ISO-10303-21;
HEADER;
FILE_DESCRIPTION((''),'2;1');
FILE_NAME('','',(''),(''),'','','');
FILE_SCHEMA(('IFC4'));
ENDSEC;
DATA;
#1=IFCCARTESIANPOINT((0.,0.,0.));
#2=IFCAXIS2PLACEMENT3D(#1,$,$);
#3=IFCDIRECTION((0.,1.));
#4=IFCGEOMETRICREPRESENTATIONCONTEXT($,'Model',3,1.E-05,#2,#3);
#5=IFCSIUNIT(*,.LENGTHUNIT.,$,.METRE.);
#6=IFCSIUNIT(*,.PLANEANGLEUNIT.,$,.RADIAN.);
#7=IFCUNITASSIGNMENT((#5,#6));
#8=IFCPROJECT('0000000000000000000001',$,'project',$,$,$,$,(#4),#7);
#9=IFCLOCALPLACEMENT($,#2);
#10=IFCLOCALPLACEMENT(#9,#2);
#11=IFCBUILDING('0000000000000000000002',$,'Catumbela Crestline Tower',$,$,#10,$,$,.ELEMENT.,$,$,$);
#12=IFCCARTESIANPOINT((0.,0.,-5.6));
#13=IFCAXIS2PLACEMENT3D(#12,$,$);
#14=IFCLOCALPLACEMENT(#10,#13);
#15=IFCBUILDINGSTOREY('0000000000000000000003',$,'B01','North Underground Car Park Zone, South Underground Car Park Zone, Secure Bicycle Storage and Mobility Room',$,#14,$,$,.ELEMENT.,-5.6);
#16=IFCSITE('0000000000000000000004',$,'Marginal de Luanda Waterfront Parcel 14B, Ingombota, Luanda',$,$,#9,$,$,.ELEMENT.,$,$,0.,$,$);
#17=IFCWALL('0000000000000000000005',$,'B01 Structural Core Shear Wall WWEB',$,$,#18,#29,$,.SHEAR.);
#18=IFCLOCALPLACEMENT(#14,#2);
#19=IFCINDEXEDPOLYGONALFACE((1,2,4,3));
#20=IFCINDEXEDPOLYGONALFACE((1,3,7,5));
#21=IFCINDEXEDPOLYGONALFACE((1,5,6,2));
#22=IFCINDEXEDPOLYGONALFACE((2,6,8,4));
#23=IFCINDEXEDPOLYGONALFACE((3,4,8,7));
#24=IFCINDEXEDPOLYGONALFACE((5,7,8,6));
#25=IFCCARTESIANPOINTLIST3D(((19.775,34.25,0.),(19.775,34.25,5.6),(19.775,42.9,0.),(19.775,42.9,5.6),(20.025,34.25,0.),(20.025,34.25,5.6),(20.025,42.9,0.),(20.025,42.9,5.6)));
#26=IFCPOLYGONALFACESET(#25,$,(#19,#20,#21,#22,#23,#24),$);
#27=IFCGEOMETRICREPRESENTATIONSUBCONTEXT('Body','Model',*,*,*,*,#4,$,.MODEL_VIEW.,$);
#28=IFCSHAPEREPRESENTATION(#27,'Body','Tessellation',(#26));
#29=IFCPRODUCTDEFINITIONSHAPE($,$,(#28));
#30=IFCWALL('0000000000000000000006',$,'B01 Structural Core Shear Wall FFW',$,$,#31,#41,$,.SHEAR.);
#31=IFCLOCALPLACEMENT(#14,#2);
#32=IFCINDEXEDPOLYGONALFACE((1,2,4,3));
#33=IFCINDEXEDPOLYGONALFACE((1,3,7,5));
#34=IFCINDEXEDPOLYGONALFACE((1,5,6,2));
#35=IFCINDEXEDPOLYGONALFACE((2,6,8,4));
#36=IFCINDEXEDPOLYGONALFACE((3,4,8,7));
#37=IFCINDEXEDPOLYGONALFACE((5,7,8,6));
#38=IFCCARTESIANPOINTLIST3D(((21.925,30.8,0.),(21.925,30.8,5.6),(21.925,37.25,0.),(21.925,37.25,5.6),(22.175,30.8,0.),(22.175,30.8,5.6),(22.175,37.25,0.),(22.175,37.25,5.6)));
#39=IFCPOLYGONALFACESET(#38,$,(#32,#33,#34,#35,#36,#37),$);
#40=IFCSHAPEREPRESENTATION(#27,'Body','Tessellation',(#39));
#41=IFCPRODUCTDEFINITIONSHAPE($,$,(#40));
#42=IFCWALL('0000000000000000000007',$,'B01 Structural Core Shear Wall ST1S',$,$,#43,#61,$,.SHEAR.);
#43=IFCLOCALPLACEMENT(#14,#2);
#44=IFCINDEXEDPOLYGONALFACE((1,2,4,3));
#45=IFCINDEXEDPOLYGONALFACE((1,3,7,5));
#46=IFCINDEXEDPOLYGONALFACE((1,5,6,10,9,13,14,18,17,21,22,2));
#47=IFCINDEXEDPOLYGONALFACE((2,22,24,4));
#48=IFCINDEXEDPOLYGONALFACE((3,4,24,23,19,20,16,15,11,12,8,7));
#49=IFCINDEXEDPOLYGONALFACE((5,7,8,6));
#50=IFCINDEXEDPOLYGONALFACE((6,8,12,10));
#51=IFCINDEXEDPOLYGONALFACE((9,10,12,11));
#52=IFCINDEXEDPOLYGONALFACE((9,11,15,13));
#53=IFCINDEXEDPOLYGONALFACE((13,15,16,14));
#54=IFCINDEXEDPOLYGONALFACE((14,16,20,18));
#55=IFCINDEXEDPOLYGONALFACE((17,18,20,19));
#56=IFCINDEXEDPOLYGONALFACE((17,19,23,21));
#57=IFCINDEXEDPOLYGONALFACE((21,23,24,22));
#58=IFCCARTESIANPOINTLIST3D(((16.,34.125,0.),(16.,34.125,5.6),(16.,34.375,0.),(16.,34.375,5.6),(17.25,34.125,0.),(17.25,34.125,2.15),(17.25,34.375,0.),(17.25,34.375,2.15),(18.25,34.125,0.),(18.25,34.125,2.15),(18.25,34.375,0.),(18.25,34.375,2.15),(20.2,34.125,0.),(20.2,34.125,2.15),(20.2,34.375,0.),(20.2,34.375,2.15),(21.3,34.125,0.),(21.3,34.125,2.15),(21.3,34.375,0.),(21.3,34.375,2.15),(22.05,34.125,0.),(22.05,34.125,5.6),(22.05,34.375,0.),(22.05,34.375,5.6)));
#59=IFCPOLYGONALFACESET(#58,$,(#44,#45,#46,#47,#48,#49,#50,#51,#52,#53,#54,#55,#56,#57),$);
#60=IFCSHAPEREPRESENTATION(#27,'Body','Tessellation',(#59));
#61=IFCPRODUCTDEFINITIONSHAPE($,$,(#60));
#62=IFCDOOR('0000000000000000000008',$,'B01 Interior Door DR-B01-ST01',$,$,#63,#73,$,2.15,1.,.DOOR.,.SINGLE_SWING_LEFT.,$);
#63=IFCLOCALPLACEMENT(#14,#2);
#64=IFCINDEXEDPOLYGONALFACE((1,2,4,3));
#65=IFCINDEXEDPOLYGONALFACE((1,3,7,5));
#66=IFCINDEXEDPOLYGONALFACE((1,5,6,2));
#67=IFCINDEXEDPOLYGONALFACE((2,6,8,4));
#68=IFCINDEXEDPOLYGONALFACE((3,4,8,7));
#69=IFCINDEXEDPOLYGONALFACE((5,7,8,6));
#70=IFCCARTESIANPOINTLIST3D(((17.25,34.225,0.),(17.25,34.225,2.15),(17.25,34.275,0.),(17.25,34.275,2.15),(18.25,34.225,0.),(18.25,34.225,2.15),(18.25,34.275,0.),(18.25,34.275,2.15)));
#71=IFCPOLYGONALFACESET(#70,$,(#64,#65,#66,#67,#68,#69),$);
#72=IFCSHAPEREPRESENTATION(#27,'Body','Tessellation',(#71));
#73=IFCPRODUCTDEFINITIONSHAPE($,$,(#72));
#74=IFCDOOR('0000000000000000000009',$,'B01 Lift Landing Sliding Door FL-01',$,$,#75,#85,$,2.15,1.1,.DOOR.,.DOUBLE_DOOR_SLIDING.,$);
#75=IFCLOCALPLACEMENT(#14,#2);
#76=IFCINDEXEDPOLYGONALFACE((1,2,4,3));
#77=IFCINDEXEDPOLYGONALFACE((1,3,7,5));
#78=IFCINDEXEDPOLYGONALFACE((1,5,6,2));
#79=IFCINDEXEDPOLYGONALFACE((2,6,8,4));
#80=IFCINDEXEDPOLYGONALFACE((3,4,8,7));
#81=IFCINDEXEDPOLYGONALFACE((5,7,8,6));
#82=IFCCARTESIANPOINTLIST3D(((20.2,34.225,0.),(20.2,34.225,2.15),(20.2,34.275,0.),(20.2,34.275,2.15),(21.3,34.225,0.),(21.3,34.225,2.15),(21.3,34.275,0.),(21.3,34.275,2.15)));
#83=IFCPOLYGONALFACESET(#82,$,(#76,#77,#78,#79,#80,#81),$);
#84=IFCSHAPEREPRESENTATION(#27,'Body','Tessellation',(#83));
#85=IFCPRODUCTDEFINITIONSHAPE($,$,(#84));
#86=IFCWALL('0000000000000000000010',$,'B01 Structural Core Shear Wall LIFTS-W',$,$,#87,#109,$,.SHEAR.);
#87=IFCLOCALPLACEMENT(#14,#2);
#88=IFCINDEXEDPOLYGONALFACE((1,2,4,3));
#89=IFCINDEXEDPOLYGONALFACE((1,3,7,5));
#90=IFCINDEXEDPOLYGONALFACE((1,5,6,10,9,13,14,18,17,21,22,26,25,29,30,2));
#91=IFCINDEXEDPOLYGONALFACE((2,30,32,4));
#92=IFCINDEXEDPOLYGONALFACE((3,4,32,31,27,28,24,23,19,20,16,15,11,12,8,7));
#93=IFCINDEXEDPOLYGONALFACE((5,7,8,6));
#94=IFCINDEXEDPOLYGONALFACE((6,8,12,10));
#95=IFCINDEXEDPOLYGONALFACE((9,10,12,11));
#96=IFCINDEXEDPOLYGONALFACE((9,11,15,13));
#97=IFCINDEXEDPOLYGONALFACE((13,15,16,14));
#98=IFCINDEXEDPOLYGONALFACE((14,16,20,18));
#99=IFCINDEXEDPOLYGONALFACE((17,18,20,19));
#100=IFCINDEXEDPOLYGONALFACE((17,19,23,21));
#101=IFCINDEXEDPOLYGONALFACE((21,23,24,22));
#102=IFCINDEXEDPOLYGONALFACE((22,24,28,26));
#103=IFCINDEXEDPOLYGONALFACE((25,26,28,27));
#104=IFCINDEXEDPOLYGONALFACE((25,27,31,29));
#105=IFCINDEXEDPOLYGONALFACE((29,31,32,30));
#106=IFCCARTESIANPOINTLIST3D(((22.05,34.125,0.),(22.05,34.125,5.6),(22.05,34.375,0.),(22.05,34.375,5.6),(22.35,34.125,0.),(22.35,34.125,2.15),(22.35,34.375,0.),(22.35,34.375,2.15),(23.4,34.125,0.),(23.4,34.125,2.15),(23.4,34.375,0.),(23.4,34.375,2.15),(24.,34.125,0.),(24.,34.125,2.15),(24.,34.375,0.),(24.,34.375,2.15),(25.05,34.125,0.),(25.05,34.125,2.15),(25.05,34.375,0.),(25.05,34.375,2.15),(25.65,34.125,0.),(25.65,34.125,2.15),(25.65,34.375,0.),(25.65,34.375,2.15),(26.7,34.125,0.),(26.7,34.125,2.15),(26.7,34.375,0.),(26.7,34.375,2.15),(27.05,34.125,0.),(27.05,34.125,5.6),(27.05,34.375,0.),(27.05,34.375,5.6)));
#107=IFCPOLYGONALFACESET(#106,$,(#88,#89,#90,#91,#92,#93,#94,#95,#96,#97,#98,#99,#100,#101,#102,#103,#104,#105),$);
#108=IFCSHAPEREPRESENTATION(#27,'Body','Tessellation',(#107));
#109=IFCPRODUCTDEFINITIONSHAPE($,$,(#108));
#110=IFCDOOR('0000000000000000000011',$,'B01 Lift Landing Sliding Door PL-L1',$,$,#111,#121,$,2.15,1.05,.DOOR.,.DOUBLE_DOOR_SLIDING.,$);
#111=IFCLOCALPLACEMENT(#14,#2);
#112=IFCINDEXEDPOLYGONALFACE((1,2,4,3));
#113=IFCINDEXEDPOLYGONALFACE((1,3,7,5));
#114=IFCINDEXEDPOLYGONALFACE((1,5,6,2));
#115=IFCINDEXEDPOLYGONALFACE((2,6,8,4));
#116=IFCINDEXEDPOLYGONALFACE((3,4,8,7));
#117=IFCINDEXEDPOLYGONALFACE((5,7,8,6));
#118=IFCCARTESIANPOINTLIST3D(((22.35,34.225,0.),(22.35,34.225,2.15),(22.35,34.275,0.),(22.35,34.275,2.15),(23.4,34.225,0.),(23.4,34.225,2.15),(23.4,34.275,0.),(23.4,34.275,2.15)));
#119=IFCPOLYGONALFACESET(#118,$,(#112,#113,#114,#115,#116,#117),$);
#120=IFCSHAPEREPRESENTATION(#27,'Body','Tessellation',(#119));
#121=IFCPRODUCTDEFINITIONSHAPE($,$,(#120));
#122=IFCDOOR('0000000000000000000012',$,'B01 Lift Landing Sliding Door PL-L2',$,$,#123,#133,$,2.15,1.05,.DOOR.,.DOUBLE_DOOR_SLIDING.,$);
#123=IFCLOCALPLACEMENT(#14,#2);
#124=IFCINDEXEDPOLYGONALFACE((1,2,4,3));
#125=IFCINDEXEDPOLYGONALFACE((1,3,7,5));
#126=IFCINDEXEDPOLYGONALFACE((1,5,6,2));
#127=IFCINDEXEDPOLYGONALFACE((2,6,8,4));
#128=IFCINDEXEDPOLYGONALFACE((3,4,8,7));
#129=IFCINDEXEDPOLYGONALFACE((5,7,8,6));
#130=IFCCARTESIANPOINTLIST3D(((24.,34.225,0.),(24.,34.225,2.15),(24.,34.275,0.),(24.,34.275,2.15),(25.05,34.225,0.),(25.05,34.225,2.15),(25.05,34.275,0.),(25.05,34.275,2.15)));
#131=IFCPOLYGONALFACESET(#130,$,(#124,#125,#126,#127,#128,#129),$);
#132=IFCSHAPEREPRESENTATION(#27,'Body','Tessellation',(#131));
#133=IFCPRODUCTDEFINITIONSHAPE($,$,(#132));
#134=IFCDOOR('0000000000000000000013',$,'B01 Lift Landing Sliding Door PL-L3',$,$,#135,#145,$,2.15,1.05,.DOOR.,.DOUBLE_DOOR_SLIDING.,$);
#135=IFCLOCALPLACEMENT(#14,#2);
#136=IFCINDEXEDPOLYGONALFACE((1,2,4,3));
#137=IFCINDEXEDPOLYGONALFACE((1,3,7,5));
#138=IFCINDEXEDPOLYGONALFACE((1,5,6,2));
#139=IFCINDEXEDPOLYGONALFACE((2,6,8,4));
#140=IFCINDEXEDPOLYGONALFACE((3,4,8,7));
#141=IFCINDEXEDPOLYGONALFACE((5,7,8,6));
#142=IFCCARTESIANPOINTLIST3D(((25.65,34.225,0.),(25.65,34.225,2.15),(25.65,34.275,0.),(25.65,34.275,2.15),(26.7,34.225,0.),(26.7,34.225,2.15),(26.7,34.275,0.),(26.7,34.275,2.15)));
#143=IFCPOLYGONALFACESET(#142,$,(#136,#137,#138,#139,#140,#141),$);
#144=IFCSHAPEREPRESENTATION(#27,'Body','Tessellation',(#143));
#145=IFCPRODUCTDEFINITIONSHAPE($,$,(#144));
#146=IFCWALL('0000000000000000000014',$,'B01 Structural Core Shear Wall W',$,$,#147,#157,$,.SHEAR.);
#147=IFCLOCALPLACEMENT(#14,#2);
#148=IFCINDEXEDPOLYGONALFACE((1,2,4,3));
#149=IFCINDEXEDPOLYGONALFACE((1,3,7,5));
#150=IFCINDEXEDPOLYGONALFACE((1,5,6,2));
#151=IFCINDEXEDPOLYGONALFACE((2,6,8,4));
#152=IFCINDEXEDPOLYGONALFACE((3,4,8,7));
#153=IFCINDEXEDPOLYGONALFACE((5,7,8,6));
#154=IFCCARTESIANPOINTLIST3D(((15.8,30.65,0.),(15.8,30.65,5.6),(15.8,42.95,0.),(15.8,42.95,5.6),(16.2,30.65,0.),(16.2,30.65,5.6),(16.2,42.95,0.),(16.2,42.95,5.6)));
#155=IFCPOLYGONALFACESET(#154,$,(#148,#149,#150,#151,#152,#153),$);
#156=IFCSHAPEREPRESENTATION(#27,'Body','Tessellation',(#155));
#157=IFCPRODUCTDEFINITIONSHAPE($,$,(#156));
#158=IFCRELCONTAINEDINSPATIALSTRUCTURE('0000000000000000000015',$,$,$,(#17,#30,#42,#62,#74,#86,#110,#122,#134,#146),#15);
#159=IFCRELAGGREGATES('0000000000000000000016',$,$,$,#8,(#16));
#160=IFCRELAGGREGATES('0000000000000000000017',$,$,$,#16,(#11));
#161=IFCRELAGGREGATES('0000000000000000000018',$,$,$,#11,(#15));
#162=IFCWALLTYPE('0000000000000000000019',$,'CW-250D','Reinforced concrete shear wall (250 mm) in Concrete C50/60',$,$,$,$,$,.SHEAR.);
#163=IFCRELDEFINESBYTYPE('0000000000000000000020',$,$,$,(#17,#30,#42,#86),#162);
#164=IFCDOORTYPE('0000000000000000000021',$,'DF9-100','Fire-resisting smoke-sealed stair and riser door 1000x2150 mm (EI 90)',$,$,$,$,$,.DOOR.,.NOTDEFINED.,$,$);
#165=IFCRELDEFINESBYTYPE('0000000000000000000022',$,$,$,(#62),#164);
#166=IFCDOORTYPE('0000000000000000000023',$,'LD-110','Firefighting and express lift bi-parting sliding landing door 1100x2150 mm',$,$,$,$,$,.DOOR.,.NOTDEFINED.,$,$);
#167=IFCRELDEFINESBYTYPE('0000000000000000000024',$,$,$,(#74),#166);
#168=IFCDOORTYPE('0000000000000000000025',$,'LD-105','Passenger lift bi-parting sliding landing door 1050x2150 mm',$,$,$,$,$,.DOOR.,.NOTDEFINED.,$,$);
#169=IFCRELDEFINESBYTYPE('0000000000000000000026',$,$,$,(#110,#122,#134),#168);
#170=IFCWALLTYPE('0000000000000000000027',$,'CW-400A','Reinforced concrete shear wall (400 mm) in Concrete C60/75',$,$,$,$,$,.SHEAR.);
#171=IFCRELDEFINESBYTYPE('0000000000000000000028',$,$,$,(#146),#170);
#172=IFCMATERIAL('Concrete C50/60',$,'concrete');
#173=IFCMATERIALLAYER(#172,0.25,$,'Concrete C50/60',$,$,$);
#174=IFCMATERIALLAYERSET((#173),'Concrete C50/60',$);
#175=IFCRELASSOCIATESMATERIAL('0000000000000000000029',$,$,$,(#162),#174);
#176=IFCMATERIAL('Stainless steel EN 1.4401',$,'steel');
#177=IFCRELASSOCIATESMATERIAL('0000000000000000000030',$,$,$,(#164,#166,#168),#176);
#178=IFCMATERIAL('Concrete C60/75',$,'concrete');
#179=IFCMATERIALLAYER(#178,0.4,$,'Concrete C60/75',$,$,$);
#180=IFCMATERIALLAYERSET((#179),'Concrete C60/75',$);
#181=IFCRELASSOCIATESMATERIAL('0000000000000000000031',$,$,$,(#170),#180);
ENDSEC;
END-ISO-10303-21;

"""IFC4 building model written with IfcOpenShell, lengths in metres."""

from ifc_helpers import new_model, si_unit, direction, frame, frame_2d, origin, place, context, subcontext, project, spatial, rectangle, extrude, material, layer, layer_set, type_object, element, fill, save


model = new_model("IFC4")

# Units and contexts
model_context = context("Model", 3, precision=1e-05, world=origin(), true_north=direction((0.0, 1.0)))
body_context = subcontext(model_context, "Body", "Model", "MODEL_VIEW")
ifc_project = project(units=[si_unit("LENGTHUNIT", "METRE"), si_unit("PLANEANGLEUNIT", "RADIAN")], contexts=[model_context])

# Site, building, storey
site_placement = place(None, origin())
site = spatial("IfcSite", under=ifc_project, at=site_placement, Name="Marginal de Luanda Waterfront Parcel 14B, Ingombota, Luanda", CompositionType="ELEMENT", RefElevation=0.0)
building_placement = place(site_placement, origin())
building = spatial("IfcBuilding", under=site, at=building_placement, Name="Catumbela Crestline Tower", CompositionType="ELEMENT")
storey_placement = place(building_placement, frame((0.0, 0.0, -5.6)))
storey = spatial("IfcBuildingStorey", under=building, at=storey_placement, Name="B01", Description="North Underground Car Park Zone, South Underground Car Park Zone, Secure Bicycle Storage and Mobility Room", CompositionType="ELEMENT", Elevation=-5.6)

# Walls
ifc_material_1 = material(Name="Concrete C50/60", Category="concrete")
ifc_layer_1 = layer(ifc_material_1, 0.25, Name="Concrete C50/60")
ifc_layer_set_1 = layer_set([ifc_layer_1], Name="Concrete C50/60")
wall_type_1 = type_object("IfcWallType", Name="CW-250D", Description="Reinforced concrete shear wall (250 mm) in Concrete C50/60", PredefinedType="SHEAR", material=ifc_layer_set_1)
wall_1_placement = place(storey_placement, frame((19.9, 34.25, 0.0), z_axis=(0.0, 0.0, 1.0), x_axis=(0.0, 1.0, 0.0)))
element("IfcWall", 1, at=wall_1_placement, inside=storey, type_object=wall_type_1, Name="B01 Structural Core Shear Wall WWEB", PredefinedType="SHEAR", context=body_context, shape_type="SweptSolid", body=[
    extrude(rectangle(XDim=8.65, YDim=0.25, at=frame_2d((4.325, 0.0))), origin(), (0.0, 0.0, 1.0), 5.6),
])
wall_2_placement = place(storey_placement, frame((22.05, 30.8, 0.0), z_axis=(0.0, 0.0, 1.0), x_axis=(0.0, 1.0, 0.0)))
element("IfcWall", 2, at=wall_2_placement, inside=storey, type_object=wall_type_1, Name="B01 Structural Core Shear Wall FFW", PredefinedType="SHEAR", context=body_context, shape_type="SweptSolid", body=[
    extrude(rectangle(XDim=6.45, YDim=0.25, at=frame_2d((3.225, 0.0))), origin(), (0.0, 0.0, 1.0), 5.6),
])

# Walls, openings, doors
wall_3_placement = place(storey_placement, frame((16.0, 34.25, 0.0), z_axis=(0.0, 0.0, 1.0), x_axis=(1.0, 0.0, 0.0)))
wall_3 = element("IfcWall", 3, at=wall_3_placement, inside=storey, type_object=wall_type_1, Name="B01 Structural Core Shear Wall ST1S", PredefinedType="SHEAR", context=body_context, shape_type="SweptSolid", body=[
    extrude(rectangle(XDim=6.05, YDim=0.25, at=frame_2d((3.025, 0.0))), origin(), (0.0, 0.0, 1.0), 5.6),
])
opening_1_placement = place(wall_3_placement, frame((1.25, 0.0, 0.0)))
opening_1 = element("IfcOpeningElement", 4, at=opening_1_placement, cuts=wall_3, PredefinedType="OPENING", context=body_context, shape_type="SweptSolid", body=[
    extrude(rectangle(XDim=1.0, YDim=2.15, at=frame_2d((0.5, 1.075))), frame((0.0, 0.135, 0.0), z_axis=(0.0, -1.0, 0.0), x_axis=(1.0, 0.0, 0.0)), (0.0, 0.0, 1.0), 0.27),
])
opening_2_placement = place(wall_3_placement, frame((4.2, 0.0, 0.0)))
opening_2 = element("IfcOpeningElement", 5, at=opening_2_placement, cuts=wall_3, PredefinedType="OPENING", context=body_context, shape_type="SweptSolid", body=[
    extrude(rectangle(XDim=1.1, YDim=2.15, at=frame_2d((0.55, 1.075))), frame((0.0, 0.135, 0.0), z_axis=(0.0, -1.0, 0.0), x_axis=(1.0, 0.0, 0.0)), (0.0, 0.0, 1.0), 0.27),
])
ifc_material_2 = material(Name="Stainless steel EN 1.4401", Category="steel")
door_type_1 = type_object("IfcDoorType", Name="DF9-100", Description="Fire-resisting smoke-sealed stair and riser door 1000x2150 mm (EI 90)", OperationType="NOTDEFINED", PredefinedType="DOOR", material=ifc_material_2)
door_1_placement = place(opening_1_placement, origin())
door_1 = element("IfcDoor", 6, at=door_1_placement, inside=storey, type_object=door_type_1, Name="B01 Interior Door DR-B01-ST01", OperationType="SINGLE_SWING_LEFT", OverallHeight=2.15, OverallWidth=1.0, PredefinedType="DOOR", context=body_context, shape_type="SweptSolid", body=[
    extrude(rectangle(XDim=1.0, YDim=2.15, at=frame_2d((0.5, 1.075))), frame((0.0, 0.025, 0.0), z_axis=(0.0, -1.0, 0.0), x_axis=(1.0, 0.0, 0.0)), (0.0, 0.0, 1.0), 0.05),
])
fill(opening_1, door_1)
door_type_2 = type_object("IfcDoorType", Name="LD-110", Description="Firefighting and express lift bi-parting sliding landing door 1100x2150 mm", OperationType="NOTDEFINED", PredefinedType="DOOR", material=ifc_material_2)
door_2_placement = place(opening_2_placement, origin())
door_2 = element("IfcDoor", 7, at=door_2_placement, inside=storey, type_object=door_type_2, Name="B01 Lift Landing Sliding Door FL-01", OperationType="DOUBLE_DOOR_SLIDING", OverallHeight=2.15, OverallWidth=1.1, PredefinedType="DOOR", context=body_context, shape_type="SweptSolid", body=[
    extrude(rectangle(XDim=1.1, YDim=2.15, at=frame_2d((0.55, 1.075))), frame((0.0, 0.025, 0.0), z_axis=(0.0, -1.0, 0.0), x_axis=(1.0, 0.0, 0.0)), (0.0, 0.0, 1.0), 0.05),
])
fill(opening_2, door_2)
wall_4_placement = place(storey_placement, frame((22.05, 34.25, 0.0), z_axis=(0.0, 0.0, 1.0), x_axis=(1.0, 0.0, 0.0)))
wall_4 = element("IfcWall", 8, at=wall_4_placement, inside=storey, type_object=wall_type_1, Name="B01 Structural Core Shear Wall LIFTS-W", PredefinedType="SHEAR", context=body_context, shape_type="SweptSolid", body=[
    extrude(rectangle(XDim=5.0, YDim=0.25, at=frame_2d((2.5, 0.0))), origin(), (0.0, 0.0, 1.0), 5.6),
])
opening_3_placement = place(wall_4_placement, frame((0.3, 0.0, 0.0)))
opening_3 = element("IfcOpeningElement", 9, at=opening_3_placement, cuts=wall_4, PredefinedType="OPENING", context=body_context, shape_type="SweptSolid", body=[
    extrude(rectangle(XDim=1.05, YDim=2.15, at=frame_2d((0.525, 1.075))), frame((0.0, 0.135, 0.0), z_axis=(0.0, -1.0, 0.0), x_axis=(1.0, 0.0, 0.0)), (0.0, 0.0, 1.0), 0.27),
])
opening_4_placement = place(wall_4_placement, frame((1.95, 0.0, 0.0)))
opening_4 = element("IfcOpeningElement", 10, at=opening_4_placement, cuts=wall_4, PredefinedType="OPENING", context=body_context, shape_type="SweptSolid", body=[
    extrude(rectangle(XDim=1.05, YDim=2.15, at=frame_2d((0.525, 1.075))), frame((0.0, 0.135, 0.0), z_axis=(0.0, -1.0, 0.0), x_axis=(1.0, 0.0, 0.0)), (0.0, 0.0, 1.0), 0.27),
])
opening_5_placement = place(wall_4_placement, frame((3.6, 0.0, 0.0)))
opening_5 = element("IfcOpeningElement", 11, at=opening_5_placement, cuts=wall_4, PredefinedType="OPENING", context=body_context, shape_type="SweptSolid", body=[
    extrude(rectangle(XDim=1.05, YDim=2.15, at=frame_2d((0.525, 1.075))), frame((0.0, 0.135, 0.0), z_axis=(0.0, -1.0, 0.0), x_axis=(1.0, 0.0, 0.0)), (0.0, 0.0, 1.0), 0.27),
])
door_type_3 = type_object("IfcDoorType", Name="LD-105", Description="Passenger lift bi-parting sliding landing door 1050x2150 mm", OperationType="NOTDEFINED", PredefinedType="DOOR", material=ifc_material_2)
door_3_placement = place(opening_3_placement, origin())
door_3 = element("IfcDoor", 12, at=door_3_placement, inside=storey, type_object=door_type_3, Name="B01 Lift Landing Sliding Door PL-L1", OperationType="DOUBLE_DOOR_SLIDING", OverallHeight=2.15, OverallWidth=1.05, PredefinedType="DOOR", context=body_context, shape_type="SweptSolid", body=[
    extrude(rectangle(XDim=1.05, YDim=2.15, at=frame_2d((0.525, 1.075))), frame((0.0, 0.025, 0.0), z_axis=(0.0, -1.0, 0.0), x_axis=(1.0, 0.0, 0.0)), (0.0, 0.0, 1.0), 0.05),
])
fill(opening_3, door_3)
door_4_placement = place(opening_4_placement, origin())
door_4 = element("IfcDoor", 13, at=door_4_placement, inside=storey, type_object=door_type_3, Name="B01 Lift Landing Sliding Door PL-L2", OperationType="DOUBLE_DOOR_SLIDING", OverallHeight=2.15, OverallWidth=1.05, PredefinedType="DOOR", context=body_context, shape_type="SweptSolid", body=[
    extrude(rectangle(XDim=1.05, YDim=2.15, at=frame_2d((0.525, 1.075))), frame((0.0, 0.025, 0.0), z_axis=(0.0, -1.0, 0.0), x_axis=(1.0, 0.0, 0.0)), (0.0, 0.0, 1.0), 0.05),
])
fill(opening_4, door_4)
door_5_placement = place(opening_5_placement, origin())
door_5 = element("IfcDoor", 14, at=door_5_placement, inside=storey, type_object=door_type_3, Name="B01 Lift Landing Sliding Door PL-L3", OperationType="DOUBLE_DOOR_SLIDING", OverallHeight=2.15, OverallWidth=1.05, PredefinedType="DOOR", context=body_context, shape_type="SweptSolid", body=[
    extrude(rectangle(XDim=1.05, YDim=2.15, at=frame_2d((0.525, 1.075))), frame((0.0, 0.025, 0.0), z_axis=(0.0, -1.0, 0.0), x_axis=(1.0, 0.0, 0.0)), (0.0, 0.0, 1.0), 0.05),
])
fill(opening_5, door_5)

# Wall
ifc_material_3 = material(Name="Concrete C60/75", Category="concrete")
ifc_layer_2 = layer(ifc_material_3, 0.4, Name="Concrete C60/75")
ifc_layer_set_2 = layer_set([ifc_layer_2], Name="Concrete C60/75")
wall_type_2 = type_object("IfcWallType", Name="CW-400A", Description="Reinforced concrete shear wall (400 mm) in Concrete C60/75", PredefinedType="SHEAR", material=ifc_layer_set_2)
wall_5_placement = place(storey_placement, frame((16.0, 30.65, 0.0), z_axis=(0.0, 0.0, 1.0), x_axis=(0.0, 1.0, 0.0)))
element("IfcWall", 15, at=wall_5_placement, inside=storey, type_object=wall_type_2, Name="B01 Structural Core Shear Wall W", PredefinedType="SHEAR", context=body_context, shape_type="SweptSolid", body=[
    extrude(rectangle(XDim=12.3, YDim=0.4, at=frame_2d((6.15, 0.0))), origin(), (0.0, 0.0, 1.0), 5.6),
])

save(model, "model.ifc")
